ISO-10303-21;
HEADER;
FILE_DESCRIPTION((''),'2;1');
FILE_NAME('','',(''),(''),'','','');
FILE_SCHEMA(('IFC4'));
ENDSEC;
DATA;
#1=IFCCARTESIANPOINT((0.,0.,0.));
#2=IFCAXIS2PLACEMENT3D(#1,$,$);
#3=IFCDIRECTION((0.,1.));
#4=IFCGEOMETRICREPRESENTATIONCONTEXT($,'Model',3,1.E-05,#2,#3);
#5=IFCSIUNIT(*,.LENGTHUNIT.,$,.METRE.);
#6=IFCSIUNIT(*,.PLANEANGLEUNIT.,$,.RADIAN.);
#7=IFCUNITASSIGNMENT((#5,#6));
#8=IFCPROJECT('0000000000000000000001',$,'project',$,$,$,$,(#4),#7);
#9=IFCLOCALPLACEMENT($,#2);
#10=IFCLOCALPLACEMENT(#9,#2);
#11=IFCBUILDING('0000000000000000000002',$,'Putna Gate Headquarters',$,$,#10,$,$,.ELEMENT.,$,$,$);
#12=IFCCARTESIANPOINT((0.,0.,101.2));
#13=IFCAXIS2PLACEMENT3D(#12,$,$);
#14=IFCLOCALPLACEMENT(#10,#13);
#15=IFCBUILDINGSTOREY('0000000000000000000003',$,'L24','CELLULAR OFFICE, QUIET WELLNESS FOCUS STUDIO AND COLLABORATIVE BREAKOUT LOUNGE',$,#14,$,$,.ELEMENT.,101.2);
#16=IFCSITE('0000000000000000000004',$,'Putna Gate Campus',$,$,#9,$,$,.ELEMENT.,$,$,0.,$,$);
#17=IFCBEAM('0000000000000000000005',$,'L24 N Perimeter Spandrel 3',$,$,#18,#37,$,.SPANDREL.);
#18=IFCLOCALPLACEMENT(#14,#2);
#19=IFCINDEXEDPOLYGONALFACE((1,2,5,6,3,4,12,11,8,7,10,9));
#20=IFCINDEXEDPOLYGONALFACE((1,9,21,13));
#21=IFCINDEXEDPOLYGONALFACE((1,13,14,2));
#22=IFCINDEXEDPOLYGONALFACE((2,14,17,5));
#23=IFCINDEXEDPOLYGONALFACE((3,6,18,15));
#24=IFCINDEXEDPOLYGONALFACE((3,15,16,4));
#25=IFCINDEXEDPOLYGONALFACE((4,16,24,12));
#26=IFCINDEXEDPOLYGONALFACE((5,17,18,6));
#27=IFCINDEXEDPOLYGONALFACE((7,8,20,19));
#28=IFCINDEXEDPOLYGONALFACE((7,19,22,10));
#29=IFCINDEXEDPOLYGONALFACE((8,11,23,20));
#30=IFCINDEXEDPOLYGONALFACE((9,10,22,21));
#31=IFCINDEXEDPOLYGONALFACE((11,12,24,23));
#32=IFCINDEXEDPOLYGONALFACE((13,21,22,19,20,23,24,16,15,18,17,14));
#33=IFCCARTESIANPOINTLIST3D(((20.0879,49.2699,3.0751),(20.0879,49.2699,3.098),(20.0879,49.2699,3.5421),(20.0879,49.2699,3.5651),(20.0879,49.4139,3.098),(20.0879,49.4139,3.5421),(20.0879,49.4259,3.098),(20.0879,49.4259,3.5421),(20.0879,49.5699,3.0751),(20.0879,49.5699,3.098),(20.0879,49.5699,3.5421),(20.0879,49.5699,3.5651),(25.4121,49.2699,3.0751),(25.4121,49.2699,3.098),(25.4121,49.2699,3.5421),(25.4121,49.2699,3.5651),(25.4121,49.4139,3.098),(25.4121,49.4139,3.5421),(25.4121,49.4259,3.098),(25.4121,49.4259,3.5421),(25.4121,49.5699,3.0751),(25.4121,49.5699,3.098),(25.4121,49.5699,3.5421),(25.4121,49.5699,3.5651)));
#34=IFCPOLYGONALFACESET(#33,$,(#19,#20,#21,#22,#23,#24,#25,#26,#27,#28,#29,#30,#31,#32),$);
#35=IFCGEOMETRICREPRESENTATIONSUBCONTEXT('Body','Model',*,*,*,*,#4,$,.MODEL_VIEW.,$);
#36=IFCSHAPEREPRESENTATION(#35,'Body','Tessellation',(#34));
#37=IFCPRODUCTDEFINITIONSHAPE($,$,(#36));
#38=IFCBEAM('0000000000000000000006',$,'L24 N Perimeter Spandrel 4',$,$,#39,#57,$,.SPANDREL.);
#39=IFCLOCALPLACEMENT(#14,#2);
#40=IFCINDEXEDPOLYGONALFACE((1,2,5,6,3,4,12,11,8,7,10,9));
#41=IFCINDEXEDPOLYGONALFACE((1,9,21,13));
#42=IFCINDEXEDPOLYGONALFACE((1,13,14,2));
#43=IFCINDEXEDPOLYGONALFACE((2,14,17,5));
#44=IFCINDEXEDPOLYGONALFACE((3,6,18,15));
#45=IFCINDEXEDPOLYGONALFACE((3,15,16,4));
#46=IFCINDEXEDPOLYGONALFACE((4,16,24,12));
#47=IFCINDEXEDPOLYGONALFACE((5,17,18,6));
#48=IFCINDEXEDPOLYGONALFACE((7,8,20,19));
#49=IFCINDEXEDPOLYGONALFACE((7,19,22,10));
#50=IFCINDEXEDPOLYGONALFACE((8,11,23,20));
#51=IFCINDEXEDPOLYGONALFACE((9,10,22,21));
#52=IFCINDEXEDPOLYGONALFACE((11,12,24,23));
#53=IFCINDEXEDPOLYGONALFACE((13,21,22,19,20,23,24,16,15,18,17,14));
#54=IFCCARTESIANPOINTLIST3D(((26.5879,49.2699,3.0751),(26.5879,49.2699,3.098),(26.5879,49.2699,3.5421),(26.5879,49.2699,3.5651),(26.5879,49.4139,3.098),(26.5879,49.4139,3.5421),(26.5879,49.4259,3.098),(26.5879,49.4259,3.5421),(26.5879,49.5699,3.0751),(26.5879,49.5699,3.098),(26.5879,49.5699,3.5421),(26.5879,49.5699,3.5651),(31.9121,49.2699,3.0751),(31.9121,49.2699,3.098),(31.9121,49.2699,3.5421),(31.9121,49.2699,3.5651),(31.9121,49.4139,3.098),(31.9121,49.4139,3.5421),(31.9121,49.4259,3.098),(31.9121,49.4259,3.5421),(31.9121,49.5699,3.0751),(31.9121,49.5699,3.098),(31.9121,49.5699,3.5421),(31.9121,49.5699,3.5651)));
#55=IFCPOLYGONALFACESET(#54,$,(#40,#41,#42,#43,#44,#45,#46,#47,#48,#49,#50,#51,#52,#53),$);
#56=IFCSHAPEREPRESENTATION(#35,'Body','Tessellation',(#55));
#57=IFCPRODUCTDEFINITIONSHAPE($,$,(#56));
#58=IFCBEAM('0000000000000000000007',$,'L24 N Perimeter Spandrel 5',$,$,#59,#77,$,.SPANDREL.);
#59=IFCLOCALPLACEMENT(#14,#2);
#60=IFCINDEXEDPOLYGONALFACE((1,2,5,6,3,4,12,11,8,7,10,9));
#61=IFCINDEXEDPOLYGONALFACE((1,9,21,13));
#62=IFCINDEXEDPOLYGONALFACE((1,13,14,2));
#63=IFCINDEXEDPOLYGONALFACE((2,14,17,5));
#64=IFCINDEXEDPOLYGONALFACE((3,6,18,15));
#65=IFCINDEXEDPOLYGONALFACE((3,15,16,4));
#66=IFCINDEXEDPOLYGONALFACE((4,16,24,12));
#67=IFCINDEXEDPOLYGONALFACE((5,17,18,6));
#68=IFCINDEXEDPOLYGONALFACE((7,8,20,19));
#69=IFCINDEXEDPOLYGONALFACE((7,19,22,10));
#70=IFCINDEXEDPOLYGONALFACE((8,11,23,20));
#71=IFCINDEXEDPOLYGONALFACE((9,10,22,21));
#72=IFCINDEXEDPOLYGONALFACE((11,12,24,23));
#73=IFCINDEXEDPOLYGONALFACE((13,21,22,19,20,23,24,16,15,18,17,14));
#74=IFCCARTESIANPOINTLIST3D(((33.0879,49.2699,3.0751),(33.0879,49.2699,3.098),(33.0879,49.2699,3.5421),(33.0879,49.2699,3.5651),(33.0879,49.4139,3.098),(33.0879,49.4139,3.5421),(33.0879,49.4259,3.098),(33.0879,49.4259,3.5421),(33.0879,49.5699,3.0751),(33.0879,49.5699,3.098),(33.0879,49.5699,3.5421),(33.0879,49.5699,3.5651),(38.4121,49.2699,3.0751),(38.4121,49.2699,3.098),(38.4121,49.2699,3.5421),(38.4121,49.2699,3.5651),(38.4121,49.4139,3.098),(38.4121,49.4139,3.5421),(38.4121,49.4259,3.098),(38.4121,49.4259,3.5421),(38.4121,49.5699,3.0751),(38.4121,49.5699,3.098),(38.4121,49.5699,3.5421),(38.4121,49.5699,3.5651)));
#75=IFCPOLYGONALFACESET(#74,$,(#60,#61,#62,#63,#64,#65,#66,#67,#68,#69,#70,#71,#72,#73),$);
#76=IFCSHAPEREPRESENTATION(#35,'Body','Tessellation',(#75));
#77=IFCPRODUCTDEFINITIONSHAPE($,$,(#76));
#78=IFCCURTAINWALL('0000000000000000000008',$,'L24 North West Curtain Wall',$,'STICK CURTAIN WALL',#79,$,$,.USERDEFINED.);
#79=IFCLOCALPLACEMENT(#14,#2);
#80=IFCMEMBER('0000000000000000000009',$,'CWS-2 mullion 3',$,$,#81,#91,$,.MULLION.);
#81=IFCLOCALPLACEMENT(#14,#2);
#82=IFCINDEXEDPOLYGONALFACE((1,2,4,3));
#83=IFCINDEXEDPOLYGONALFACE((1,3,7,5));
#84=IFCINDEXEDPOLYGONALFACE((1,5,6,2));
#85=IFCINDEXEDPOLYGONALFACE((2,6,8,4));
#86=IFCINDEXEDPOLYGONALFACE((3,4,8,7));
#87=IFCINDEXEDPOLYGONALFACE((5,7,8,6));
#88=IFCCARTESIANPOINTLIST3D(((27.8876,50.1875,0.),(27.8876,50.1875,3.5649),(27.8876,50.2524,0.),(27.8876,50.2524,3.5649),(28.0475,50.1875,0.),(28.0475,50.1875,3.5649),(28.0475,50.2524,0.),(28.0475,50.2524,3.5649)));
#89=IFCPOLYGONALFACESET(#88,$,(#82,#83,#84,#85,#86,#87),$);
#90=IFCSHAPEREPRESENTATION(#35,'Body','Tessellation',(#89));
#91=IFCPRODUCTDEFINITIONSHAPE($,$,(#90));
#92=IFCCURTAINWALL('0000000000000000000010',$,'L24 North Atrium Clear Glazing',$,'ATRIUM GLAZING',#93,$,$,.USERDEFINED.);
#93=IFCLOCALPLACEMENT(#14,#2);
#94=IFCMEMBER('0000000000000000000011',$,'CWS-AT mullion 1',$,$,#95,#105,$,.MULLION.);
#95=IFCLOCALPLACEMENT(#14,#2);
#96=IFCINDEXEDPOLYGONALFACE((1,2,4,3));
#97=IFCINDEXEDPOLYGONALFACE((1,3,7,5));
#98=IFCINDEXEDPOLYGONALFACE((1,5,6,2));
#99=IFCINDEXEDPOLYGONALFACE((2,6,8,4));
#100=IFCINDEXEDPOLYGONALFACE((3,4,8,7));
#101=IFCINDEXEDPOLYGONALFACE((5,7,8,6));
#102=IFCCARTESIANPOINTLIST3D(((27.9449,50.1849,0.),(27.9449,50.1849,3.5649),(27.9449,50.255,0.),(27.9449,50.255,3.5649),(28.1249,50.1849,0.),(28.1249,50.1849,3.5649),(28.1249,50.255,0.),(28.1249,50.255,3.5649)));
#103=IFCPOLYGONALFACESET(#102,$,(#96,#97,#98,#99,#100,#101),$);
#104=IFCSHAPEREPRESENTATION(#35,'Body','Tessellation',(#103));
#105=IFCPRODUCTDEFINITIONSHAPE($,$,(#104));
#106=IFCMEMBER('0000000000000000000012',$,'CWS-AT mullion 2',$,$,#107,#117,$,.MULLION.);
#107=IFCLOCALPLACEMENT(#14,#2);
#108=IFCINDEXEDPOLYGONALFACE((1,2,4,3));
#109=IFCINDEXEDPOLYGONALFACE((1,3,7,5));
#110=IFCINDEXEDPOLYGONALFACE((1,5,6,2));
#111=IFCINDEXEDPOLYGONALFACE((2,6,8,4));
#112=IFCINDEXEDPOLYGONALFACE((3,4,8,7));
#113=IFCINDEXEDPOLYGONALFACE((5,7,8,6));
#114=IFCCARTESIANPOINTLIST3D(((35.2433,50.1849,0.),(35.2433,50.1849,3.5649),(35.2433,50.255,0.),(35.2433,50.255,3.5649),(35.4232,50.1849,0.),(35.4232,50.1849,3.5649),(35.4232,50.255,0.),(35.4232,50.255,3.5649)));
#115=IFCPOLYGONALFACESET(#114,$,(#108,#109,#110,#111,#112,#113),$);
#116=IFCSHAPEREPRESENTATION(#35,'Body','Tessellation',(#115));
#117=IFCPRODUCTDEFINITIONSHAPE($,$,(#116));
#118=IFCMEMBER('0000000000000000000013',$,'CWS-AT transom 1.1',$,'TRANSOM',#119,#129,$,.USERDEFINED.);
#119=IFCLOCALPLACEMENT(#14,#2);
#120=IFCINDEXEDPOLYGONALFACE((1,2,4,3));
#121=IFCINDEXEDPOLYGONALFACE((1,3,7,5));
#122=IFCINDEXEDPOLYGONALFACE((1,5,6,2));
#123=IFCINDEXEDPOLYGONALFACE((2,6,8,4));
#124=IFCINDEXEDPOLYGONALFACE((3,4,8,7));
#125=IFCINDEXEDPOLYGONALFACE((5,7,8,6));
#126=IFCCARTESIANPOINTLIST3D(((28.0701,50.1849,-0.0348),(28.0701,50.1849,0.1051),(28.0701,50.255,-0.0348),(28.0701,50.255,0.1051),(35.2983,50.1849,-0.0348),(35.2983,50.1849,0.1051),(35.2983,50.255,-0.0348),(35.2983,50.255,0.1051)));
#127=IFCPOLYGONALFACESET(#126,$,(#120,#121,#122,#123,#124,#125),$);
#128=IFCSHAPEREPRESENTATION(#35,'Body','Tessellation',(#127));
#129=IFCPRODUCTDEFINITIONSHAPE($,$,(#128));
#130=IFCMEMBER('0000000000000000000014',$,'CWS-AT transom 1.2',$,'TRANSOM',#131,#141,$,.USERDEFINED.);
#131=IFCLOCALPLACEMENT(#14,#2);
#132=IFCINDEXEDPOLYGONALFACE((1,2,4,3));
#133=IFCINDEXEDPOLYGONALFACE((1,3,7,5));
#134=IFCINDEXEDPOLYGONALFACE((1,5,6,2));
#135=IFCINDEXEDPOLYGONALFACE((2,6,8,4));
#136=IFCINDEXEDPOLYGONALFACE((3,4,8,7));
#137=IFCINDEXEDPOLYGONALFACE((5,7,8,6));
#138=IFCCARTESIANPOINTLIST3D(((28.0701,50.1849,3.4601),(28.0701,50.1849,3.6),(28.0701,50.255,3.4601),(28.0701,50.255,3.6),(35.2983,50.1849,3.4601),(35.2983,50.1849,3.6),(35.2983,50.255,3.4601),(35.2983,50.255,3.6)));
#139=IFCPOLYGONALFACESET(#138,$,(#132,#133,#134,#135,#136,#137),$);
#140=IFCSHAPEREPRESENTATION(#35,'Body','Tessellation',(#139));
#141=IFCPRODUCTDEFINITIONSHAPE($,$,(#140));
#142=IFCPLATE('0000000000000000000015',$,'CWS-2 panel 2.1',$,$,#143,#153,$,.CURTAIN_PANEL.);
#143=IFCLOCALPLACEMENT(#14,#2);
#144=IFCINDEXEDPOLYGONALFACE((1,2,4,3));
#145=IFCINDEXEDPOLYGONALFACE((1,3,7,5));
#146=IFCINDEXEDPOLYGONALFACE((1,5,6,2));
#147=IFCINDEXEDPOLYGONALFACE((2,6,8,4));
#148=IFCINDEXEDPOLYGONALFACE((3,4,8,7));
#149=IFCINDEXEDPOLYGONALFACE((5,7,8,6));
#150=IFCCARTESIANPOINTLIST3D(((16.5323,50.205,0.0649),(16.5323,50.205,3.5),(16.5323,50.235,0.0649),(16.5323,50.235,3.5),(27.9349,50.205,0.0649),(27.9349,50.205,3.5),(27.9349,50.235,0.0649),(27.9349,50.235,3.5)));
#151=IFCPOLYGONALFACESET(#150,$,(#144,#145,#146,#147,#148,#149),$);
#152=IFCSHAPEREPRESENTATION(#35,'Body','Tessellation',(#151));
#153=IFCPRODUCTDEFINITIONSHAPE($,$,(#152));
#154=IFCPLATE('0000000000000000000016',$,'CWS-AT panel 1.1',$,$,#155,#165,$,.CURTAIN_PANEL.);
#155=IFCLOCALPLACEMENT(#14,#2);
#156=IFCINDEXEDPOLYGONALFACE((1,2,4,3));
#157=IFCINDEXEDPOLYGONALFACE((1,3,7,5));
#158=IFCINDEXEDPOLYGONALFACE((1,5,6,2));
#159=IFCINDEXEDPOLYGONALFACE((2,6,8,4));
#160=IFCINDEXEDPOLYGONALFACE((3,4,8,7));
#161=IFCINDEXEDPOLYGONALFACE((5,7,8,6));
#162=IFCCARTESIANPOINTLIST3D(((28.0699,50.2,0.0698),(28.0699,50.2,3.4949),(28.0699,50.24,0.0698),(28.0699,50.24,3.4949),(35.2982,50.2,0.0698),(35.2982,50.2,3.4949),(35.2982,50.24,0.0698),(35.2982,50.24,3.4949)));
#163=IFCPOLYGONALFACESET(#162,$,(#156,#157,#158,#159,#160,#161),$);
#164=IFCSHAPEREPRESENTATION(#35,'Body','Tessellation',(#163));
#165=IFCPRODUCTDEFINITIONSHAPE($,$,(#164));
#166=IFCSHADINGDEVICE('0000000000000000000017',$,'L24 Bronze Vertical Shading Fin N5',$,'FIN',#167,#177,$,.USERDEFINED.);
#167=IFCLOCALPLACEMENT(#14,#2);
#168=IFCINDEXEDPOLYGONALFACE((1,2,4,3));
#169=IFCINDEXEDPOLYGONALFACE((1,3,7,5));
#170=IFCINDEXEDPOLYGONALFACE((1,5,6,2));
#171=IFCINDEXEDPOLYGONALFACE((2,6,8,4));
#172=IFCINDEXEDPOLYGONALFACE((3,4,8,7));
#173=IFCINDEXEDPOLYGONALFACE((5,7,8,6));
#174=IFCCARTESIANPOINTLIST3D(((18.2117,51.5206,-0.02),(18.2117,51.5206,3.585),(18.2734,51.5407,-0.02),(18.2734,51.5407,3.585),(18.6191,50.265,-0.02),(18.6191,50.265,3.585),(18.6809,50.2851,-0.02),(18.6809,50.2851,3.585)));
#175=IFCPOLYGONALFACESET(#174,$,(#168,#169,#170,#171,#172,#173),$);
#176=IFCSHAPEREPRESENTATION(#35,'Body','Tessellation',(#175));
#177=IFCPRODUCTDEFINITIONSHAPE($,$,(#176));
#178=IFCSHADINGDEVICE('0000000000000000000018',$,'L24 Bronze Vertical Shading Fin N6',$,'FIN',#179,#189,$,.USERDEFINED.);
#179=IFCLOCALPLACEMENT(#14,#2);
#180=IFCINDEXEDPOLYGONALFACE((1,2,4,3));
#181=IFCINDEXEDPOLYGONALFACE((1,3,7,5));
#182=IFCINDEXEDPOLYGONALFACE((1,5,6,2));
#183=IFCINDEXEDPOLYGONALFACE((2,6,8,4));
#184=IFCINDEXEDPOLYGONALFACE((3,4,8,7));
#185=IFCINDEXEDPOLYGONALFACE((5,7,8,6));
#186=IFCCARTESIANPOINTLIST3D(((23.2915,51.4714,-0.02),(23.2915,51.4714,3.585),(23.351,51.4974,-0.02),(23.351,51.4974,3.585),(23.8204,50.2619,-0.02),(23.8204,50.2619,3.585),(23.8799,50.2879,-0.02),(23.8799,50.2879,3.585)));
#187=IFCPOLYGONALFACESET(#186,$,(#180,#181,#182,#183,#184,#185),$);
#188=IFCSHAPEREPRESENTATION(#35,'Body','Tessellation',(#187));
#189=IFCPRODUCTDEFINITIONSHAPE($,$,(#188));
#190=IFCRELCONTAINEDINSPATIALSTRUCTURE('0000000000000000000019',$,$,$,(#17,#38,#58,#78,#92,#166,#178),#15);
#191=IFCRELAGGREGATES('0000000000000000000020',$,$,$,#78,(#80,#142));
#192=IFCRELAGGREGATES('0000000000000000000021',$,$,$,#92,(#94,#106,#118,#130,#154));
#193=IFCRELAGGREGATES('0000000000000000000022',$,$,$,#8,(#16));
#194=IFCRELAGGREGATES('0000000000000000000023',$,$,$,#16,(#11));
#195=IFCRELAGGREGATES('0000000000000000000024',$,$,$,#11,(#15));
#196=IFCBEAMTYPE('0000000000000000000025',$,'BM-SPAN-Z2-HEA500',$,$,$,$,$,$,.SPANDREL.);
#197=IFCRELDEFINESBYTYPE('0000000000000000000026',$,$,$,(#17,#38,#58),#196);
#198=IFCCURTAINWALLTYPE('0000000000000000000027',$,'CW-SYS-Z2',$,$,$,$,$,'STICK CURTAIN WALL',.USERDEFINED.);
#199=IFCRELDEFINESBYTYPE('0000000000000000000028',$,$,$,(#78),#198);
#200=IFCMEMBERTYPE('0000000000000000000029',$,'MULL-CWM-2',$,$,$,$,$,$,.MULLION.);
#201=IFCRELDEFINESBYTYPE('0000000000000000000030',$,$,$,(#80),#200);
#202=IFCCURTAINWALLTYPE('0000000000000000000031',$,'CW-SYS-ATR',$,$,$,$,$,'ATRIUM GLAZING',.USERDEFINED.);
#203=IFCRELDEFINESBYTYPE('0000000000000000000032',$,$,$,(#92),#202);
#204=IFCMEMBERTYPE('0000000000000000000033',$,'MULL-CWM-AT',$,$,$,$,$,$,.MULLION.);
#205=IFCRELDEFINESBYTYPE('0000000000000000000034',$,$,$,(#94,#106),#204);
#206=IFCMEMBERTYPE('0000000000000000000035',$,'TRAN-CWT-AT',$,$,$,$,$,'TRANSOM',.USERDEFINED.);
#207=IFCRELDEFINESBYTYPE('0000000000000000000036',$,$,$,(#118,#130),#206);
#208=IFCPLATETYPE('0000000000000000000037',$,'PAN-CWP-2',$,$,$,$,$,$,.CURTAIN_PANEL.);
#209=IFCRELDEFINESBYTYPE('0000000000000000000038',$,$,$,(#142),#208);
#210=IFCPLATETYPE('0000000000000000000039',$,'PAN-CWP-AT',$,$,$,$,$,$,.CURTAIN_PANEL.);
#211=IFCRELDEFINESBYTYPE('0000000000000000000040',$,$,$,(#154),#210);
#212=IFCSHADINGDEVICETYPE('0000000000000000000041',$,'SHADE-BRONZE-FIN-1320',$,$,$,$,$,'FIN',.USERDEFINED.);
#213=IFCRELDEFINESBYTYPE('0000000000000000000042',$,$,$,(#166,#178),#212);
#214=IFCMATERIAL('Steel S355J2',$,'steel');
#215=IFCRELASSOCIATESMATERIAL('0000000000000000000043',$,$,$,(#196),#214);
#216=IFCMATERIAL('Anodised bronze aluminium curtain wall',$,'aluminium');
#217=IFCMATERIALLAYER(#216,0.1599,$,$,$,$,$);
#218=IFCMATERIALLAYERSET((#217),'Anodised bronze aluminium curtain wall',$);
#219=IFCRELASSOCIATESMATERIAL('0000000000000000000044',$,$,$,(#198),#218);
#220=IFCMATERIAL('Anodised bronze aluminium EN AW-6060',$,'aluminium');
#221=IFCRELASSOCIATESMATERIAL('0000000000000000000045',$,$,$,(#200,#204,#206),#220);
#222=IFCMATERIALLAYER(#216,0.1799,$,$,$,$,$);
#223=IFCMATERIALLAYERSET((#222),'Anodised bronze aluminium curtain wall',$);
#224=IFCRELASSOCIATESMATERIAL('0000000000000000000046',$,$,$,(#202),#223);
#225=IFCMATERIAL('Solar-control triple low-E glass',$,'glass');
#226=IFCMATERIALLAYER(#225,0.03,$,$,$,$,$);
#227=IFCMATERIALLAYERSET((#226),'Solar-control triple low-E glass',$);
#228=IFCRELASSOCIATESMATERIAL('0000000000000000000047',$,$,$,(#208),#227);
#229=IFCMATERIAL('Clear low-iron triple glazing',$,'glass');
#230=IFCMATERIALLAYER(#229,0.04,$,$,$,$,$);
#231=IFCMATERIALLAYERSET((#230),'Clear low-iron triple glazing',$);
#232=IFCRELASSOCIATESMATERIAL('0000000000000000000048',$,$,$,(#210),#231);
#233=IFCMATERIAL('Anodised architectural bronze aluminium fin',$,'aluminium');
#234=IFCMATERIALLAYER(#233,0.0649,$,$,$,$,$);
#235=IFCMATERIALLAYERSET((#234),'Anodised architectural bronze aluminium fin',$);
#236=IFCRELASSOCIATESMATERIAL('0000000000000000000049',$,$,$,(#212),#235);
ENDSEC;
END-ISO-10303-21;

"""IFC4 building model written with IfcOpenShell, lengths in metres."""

from ifc_helpers import new_model, si_unit, direction, frame, origin, origin_2d, place, context, subcontext, project, spatial, rectangle, i_section, extrude, material, layer, layer_set, material_profile, profile_set, type_object, element, aggregate, save


model = new_model("IFC4")

# Units and contexts
model_context = context("Model", 3, precision=1e-05, world=origin(), true_north=direction((0.0, 1.0)))
body_context = subcontext(model_context, "Body", "Model", "MODEL_VIEW")
ifc_project = project(units=[si_unit("LENGTHUNIT", "METRE"), si_unit("PLANEANGLEUNIT", "RADIAN")], contexts=[model_context])

# Site, building, storey
site_placement = place(None, origin())
site = spatial("IfcSite", under=ifc_project, at=site_placement, Name="Putna Gate Campus", CompositionType="ELEMENT", RefElevation=0.0)
building_placement = place(site_placement, origin())
building = spatial("IfcBuilding", under=site, at=building_placement, Name="Putna Gate Headquarters", CompositionType="ELEMENT")
storey_placement = place(building_placement, frame((0.0, 0.0, 101.2)))
storey = spatial("IfcBuildingStorey", under=building, at=storey_placement, Name="L24", Description="CELLULAR OFFICE, QUIET WELLNESS FOCUS STUDIO AND COLLABORATIVE BREAKOUT LOUNGE", CompositionType="ELEMENT", Elevation=101.2)

# Beams
ifc_material_1 = material(Name="Steel S355J2", Category="steel")
ifc_material_profile_1 = material_profile(ifc_material_1, i_section(OverallWidth=0.3, OverallDepth=0.49, WebThickness=0.012, FlangeThickness=0.0229, at=origin_2d()), Name="Steel S355J2")
ifc_profile_set_1 = profile_set([ifc_material_profile_1], Name="Steel S355J2")
beam_type_1 = type_object("IfcBeamType", Name="BM-SPAN-Z2-HEA500", PredefinedType="SPANDREL", material=ifc_profile_set_1)
for number, where, z_axis, x_axis, name in (
    (1, (20.0879, 49.4199, 3.3201), (1.0, 0.0, 0.0), (0.0, 1.0, 0.0), "L24 N Perimeter Spandrel 3"),
    (2, (26.5879, 49.4199, 3.3201), (1.0, 0.0, 0.0), (0.0, 1.0, 0.0), "L24 N Perimeter Spandrel 4"),
    (3, (33.0879, 49.4199, 3.3201), (1.0, 0.0, 0.0), (0.0, 1.0, 0.0), "L24 N Perimeter Spandrel 5"),
):
    element("IfcBeam", number, at=place(storey_placement, frame(where, z_axis=z_axis, x_axis=x_axis)), inside=storey, type_object=beam_type_1, Name=name, PredefinedType="SPANDREL", context=body_context, shape_type="SweptSolid", body=[
        extrude(i_section(OverallWidth=0.3, OverallDepth=0.49, WebThickness=0.012, FlangeThickness=0.0229, at=origin_2d()), origin(), (0.0, 0.0, 1.0), 5.3242),
    ])

# Curtain wall, member
ifc_material_2 = material(Name="Anodised bronze aluminium curtain wall", Category="aluminium")
ifc_layer_1 = layer(ifc_material_2, 0.1599)
ifc_layer_set_1 = layer_set([ifc_layer_1], Name="Anodised bronze aluminium curtain wall")
curtain_wall_type_1 = type_object("IfcCurtainWallType", Name="CW-SYS-Z2", ElementType="STICK CURTAIN WALL", PredefinedType="USERDEFINED", material=ifc_layer_set_1)
curtain_wall_1_placement = place(storey_placement, origin())
curtain_wall_1 = element("IfcCurtainWall", 4, at=curtain_wall_1_placement, inside=storey, type_object=curtain_wall_type_1, Name="L24 North West Curtain Wall", ObjectType="STICK CURTAIN WALL", PredefinedType="USERDEFINED")
ifc_material_3 = material(Name="Anodised bronze aluminium EN AW-6060", Category="aluminium")
ifc_material_profile_2 = material_profile(ifc_material_3, rectangle(XDim=0.0649, YDim=0.1599, at=origin_2d()), Name="Anodised bronze aluminium EN AW-6060")
ifc_profile_set_2 = profile_set([ifc_material_profile_2], Name="Anodised bronze aluminium EN AW-6060")
member_type_1 = type_object("IfcMemberType", Name="MULL-CWM-2", PredefinedType="MULLION", material=ifc_profile_set_2)
member_1_placement = place(storey_placement, frame((27.9675, 50.22, 0.0), z_axis=(0.0, 0.0, 1.0), x_axis=(0.0, 1.0, 0.0)))
member_1 = element("IfcMember", 5, at=member_1_placement, type_object=member_type_1, Name="CWS-2 mullion 3", PredefinedType="MULLION", context=body_context, shape_type="SweptSolid", body=[
    extrude(rectangle(XDim=0.0649, YDim=0.1599, at=origin_2d()), origin(), (0.0, 0.0, 1.0), 3.5649),
])

# Curtain wall, members
ifc_layer_2 = layer(ifc_material_2, 0.1799)
ifc_layer_set_2 = layer_set([ifc_layer_2], Name="Anodised bronze aluminium curtain wall")
curtain_wall_type_2 = type_object("IfcCurtainWallType", Name="CW-SYS-ATR", ElementType="ATRIUM GLAZING", PredefinedType="USERDEFINED", material=ifc_layer_set_2)
curtain_wall_2_placement = place(storey_placement, origin())
curtain_wall_2 = element("IfcCurtainWall", 6, at=curtain_wall_2_placement, inside=storey, type_object=curtain_wall_type_2, Name="L24 North Atrium Clear Glazing", ObjectType="ATRIUM GLAZING", PredefinedType="USERDEFINED")
ifc_material_profile_3 = material_profile(ifc_material_3, rectangle(XDim=0.0701, YDim=0.1799, at=origin_2d()), Name="Anodised bronze aluminium EN AW-6060")
ifc_profile_set_3 = profile_set([ifc_material_profile_3], Name="Anodised bronze aluminium EN AW-6060")
member_type_2 = type_object("IfcMemberType", Name="MULL-CWM-AT", PredefinedType="MULLION", material=ifc_profile_set_3)
member_2_placement = place(storey_placement, frame((28.0349, 50.22, 0.0), z_axis=(0.0, 0.0, 1.0), x_axis=(0.0, 1.0, 0.0)))
member_2 = element("IfcMember", 7, at=member_2_placement, type_object=member_type_2, Name="CWS-AT mullion 1", PredefinedType="MULLION", context=body_context, shape_type="SweptSolid", body=[
    extrude(rectangle(XDim=0.0701, YDim=0.1799, at=origin_2d()), origin(), (0.0, 0.0, 1.0), 3.5649),
])
member_3_placement = place(storey_placement, frame((35.3333, 50.22, 0.0), z_axis=(0.0, 0.0, 1.0), x_axis=(0.0, 1.0, 0.0)))
member_3 = element("IfcMember", 8, at=member_3_placement, type_object=member_type_2, Name="CWS-AT mullion 2", PredefinedType="MULLION", context=body_context, shape_type="SweptSolid", body=[
    extrude(rectangle(XDim=0.0701, YDim=0.1799, at=origin_2d()), origin(), (0.0, 0.0, 1.0), 3.5649),
])
ifc_material_profile_4 = material_profile(ifc_material_3, rectangle(XDim=0.0701, YDim=0.1399, at=origin_2d()), Name="Anodised bronze aluminium EN AW-6060")
ifc_profile_set_4 = profile_set([ifc_material_profile_4], Name="Anodised bronze aluminium EN AW-6060")
member_type_3 = type_object("IfcMemberType", Name="TRAN-CWT-AT", ElementType="TRANSOM", PredefinedType="USERDEFINED", material=ifc_profile_set_4)
member_4_placement = place(storey_placement, frame((28.0701, 50.22, 0.0352), z_axis=(1.0, 0.0, 0.0), x_axis=(0.0, 1.0, 0.0)))
member_4 = element("IfcMember", 9, at=member_4_placement, type_object=member_type_3, Name="CWS-AT transom 1.1", ObjectType="TRANSOM", PredefinedType="USERDEFINED", context=body_context, shape_type="SweptSolid", body=[
    extrude(rectangle(XDim=0.0701, YDim=0.1399, at=origin_2d()), origin(), (0.0, 0.0, 1.0), 7.2283),
])
member_5_placement = place(storey_placement, frame((28.0701, 50.22, 3.53), z_axis=(1.0, 0.0, 0.0), x_axis=(0.0, 1.0, 0.0)))
member_5 = element("IfcMember", 10, at=member_5_placement, type_object=member_type_3, Name="CWS-AT transom 1.2", ObjectType="TRANSOM", PredefinedType="USERDEFINED", context=body_context, shape_type="SweptSolid", body=[
    extrude(rectangle(XDim=0.0701, YDim=0.1399, at=origin_2d()), origin(), (0.0, 0.0, 1.0), 7.2283),
])

# Plates
ifc_material_4 = material(Name="Solar-control triple low-E glass", Category="glass")
ifc_layer_3 = layer(ifc_material_4, 0.03)
ifc_layer_set_3 = layer_set([ifc_layer_3], Name="Solar-control triple low-E glass")
plate_type_1 = type_object("IfcPlateType", Name="PAN-CWP-2", PredefinedType="CURTAIN_PANEL", material=ifc_layer_set_3)
plate_1_placement = place(storey_placement, frame((22.2336, 50.22, 0.0649), z_axis=(0.0, 0.0, 1.0), x_axis=(1.0, 0.0, 0.0)))
plate_1 = element("IfcPlate", 11, at=plate_1_placement, type_object=plate_type_1, Name="CWS-2 panel 2.1", PredefinedType="CURTAIN_PANEL", context=body_context, shape_type="SweptSolid", body=[
    extrude(rectangle(XDim=11.4026, YDim=0.03, at=origin_2d()), origin(), (0.0, 0.0, 1.0), 3.4351),
])
aggregate(curtain_wall_1, [member_1, plate_1])
ifc_material_5 = material(Name="Clear low-iron triple glazing", Category="glass")
ifc_layer_4 = layer(ifc_material_5, 0.04)
ifc_layer_set_4 = layer_set([ifc_layer_4], Name="Clear low-iron triple glazing")
plate_type_2 = type_object("IfcPlateType", Name="PAN-CWP-AT", PredefinedType="CURTAIN_PANEL", material=ifc_layer_set_4)
plate_2_placement = place(storey_placement, frame((31.6841, 50.22, 0.0698), z_axis=(0.0, 0.0, 1.0), x_axis=(1.0, 0.0, 0.0)))
plate_2 = element("IfcPlate", 12, at=plate_2_placement, type_object=plate_type_2, Name="CWS-AT panel 1.1", PredefinedType="CURTAIN_PANEL", context=body_context, shape_type="SweptSolid", body=[
    extrude(rectangle(XDim=7.2283, YDim=0.04, at=origin_2d()), origin(), (0.0, 0.0, 1.0), 3.425),
])
aggregate(curtain_wall_2, [member_2, member_3, member_4, member_5, plate_2])

# Shading devices
ifc_material_6 = material(Name="Anodised architectural bronze aluminium fin", Category="aluminium")
ifc_layer_5 = layer(ifc_material_6, 0.0649)
ifc_layer_set_5 = layer_set([ifc_layer_5], Name="Anodised architectural bronze aluminium fin")
shading_device_type = type_object("IfcShadingDeviceType", Name="SHADE-BRONZE-FIN-1320", ElementType="FIN", PredefinedType="USERDEFINED", material=ifc_layer_set_5)
for number, where, z_axis, x_axis, name in (
    (13, (18.4463, 50.9028, -0.02), (0.0, 0.0, 1.0), (-0.308685, 0.951164, 0.0), "L24 Bronze Vertical Shading Fin N5"),
    (14, (23.5857, 50.8796, -0.02), (0.0, 0.0, 1.0), (-0.400669, 0.916223, 0.0), "L24 Bronze Vertical Shading Fin N6"),
):
    element("IfcShadingDevice", number, at=place(storey_placement, frame(where, z_axis=z_axis, x_axis=x_axis)), inside=storey, type_object=shading_device_type, Name=name, ObjectType="FIN", PredefinedType="USERDEFINED", context=body_context, shape_type="SweptSolid", body=[
        extrude(rectangle(XDim=1.3201, YDim=0.0649, at=origin_2d()), origin(), (0.0, 0.0, 1.0), 3.605),
    ])

save(model, "model.ifc")
